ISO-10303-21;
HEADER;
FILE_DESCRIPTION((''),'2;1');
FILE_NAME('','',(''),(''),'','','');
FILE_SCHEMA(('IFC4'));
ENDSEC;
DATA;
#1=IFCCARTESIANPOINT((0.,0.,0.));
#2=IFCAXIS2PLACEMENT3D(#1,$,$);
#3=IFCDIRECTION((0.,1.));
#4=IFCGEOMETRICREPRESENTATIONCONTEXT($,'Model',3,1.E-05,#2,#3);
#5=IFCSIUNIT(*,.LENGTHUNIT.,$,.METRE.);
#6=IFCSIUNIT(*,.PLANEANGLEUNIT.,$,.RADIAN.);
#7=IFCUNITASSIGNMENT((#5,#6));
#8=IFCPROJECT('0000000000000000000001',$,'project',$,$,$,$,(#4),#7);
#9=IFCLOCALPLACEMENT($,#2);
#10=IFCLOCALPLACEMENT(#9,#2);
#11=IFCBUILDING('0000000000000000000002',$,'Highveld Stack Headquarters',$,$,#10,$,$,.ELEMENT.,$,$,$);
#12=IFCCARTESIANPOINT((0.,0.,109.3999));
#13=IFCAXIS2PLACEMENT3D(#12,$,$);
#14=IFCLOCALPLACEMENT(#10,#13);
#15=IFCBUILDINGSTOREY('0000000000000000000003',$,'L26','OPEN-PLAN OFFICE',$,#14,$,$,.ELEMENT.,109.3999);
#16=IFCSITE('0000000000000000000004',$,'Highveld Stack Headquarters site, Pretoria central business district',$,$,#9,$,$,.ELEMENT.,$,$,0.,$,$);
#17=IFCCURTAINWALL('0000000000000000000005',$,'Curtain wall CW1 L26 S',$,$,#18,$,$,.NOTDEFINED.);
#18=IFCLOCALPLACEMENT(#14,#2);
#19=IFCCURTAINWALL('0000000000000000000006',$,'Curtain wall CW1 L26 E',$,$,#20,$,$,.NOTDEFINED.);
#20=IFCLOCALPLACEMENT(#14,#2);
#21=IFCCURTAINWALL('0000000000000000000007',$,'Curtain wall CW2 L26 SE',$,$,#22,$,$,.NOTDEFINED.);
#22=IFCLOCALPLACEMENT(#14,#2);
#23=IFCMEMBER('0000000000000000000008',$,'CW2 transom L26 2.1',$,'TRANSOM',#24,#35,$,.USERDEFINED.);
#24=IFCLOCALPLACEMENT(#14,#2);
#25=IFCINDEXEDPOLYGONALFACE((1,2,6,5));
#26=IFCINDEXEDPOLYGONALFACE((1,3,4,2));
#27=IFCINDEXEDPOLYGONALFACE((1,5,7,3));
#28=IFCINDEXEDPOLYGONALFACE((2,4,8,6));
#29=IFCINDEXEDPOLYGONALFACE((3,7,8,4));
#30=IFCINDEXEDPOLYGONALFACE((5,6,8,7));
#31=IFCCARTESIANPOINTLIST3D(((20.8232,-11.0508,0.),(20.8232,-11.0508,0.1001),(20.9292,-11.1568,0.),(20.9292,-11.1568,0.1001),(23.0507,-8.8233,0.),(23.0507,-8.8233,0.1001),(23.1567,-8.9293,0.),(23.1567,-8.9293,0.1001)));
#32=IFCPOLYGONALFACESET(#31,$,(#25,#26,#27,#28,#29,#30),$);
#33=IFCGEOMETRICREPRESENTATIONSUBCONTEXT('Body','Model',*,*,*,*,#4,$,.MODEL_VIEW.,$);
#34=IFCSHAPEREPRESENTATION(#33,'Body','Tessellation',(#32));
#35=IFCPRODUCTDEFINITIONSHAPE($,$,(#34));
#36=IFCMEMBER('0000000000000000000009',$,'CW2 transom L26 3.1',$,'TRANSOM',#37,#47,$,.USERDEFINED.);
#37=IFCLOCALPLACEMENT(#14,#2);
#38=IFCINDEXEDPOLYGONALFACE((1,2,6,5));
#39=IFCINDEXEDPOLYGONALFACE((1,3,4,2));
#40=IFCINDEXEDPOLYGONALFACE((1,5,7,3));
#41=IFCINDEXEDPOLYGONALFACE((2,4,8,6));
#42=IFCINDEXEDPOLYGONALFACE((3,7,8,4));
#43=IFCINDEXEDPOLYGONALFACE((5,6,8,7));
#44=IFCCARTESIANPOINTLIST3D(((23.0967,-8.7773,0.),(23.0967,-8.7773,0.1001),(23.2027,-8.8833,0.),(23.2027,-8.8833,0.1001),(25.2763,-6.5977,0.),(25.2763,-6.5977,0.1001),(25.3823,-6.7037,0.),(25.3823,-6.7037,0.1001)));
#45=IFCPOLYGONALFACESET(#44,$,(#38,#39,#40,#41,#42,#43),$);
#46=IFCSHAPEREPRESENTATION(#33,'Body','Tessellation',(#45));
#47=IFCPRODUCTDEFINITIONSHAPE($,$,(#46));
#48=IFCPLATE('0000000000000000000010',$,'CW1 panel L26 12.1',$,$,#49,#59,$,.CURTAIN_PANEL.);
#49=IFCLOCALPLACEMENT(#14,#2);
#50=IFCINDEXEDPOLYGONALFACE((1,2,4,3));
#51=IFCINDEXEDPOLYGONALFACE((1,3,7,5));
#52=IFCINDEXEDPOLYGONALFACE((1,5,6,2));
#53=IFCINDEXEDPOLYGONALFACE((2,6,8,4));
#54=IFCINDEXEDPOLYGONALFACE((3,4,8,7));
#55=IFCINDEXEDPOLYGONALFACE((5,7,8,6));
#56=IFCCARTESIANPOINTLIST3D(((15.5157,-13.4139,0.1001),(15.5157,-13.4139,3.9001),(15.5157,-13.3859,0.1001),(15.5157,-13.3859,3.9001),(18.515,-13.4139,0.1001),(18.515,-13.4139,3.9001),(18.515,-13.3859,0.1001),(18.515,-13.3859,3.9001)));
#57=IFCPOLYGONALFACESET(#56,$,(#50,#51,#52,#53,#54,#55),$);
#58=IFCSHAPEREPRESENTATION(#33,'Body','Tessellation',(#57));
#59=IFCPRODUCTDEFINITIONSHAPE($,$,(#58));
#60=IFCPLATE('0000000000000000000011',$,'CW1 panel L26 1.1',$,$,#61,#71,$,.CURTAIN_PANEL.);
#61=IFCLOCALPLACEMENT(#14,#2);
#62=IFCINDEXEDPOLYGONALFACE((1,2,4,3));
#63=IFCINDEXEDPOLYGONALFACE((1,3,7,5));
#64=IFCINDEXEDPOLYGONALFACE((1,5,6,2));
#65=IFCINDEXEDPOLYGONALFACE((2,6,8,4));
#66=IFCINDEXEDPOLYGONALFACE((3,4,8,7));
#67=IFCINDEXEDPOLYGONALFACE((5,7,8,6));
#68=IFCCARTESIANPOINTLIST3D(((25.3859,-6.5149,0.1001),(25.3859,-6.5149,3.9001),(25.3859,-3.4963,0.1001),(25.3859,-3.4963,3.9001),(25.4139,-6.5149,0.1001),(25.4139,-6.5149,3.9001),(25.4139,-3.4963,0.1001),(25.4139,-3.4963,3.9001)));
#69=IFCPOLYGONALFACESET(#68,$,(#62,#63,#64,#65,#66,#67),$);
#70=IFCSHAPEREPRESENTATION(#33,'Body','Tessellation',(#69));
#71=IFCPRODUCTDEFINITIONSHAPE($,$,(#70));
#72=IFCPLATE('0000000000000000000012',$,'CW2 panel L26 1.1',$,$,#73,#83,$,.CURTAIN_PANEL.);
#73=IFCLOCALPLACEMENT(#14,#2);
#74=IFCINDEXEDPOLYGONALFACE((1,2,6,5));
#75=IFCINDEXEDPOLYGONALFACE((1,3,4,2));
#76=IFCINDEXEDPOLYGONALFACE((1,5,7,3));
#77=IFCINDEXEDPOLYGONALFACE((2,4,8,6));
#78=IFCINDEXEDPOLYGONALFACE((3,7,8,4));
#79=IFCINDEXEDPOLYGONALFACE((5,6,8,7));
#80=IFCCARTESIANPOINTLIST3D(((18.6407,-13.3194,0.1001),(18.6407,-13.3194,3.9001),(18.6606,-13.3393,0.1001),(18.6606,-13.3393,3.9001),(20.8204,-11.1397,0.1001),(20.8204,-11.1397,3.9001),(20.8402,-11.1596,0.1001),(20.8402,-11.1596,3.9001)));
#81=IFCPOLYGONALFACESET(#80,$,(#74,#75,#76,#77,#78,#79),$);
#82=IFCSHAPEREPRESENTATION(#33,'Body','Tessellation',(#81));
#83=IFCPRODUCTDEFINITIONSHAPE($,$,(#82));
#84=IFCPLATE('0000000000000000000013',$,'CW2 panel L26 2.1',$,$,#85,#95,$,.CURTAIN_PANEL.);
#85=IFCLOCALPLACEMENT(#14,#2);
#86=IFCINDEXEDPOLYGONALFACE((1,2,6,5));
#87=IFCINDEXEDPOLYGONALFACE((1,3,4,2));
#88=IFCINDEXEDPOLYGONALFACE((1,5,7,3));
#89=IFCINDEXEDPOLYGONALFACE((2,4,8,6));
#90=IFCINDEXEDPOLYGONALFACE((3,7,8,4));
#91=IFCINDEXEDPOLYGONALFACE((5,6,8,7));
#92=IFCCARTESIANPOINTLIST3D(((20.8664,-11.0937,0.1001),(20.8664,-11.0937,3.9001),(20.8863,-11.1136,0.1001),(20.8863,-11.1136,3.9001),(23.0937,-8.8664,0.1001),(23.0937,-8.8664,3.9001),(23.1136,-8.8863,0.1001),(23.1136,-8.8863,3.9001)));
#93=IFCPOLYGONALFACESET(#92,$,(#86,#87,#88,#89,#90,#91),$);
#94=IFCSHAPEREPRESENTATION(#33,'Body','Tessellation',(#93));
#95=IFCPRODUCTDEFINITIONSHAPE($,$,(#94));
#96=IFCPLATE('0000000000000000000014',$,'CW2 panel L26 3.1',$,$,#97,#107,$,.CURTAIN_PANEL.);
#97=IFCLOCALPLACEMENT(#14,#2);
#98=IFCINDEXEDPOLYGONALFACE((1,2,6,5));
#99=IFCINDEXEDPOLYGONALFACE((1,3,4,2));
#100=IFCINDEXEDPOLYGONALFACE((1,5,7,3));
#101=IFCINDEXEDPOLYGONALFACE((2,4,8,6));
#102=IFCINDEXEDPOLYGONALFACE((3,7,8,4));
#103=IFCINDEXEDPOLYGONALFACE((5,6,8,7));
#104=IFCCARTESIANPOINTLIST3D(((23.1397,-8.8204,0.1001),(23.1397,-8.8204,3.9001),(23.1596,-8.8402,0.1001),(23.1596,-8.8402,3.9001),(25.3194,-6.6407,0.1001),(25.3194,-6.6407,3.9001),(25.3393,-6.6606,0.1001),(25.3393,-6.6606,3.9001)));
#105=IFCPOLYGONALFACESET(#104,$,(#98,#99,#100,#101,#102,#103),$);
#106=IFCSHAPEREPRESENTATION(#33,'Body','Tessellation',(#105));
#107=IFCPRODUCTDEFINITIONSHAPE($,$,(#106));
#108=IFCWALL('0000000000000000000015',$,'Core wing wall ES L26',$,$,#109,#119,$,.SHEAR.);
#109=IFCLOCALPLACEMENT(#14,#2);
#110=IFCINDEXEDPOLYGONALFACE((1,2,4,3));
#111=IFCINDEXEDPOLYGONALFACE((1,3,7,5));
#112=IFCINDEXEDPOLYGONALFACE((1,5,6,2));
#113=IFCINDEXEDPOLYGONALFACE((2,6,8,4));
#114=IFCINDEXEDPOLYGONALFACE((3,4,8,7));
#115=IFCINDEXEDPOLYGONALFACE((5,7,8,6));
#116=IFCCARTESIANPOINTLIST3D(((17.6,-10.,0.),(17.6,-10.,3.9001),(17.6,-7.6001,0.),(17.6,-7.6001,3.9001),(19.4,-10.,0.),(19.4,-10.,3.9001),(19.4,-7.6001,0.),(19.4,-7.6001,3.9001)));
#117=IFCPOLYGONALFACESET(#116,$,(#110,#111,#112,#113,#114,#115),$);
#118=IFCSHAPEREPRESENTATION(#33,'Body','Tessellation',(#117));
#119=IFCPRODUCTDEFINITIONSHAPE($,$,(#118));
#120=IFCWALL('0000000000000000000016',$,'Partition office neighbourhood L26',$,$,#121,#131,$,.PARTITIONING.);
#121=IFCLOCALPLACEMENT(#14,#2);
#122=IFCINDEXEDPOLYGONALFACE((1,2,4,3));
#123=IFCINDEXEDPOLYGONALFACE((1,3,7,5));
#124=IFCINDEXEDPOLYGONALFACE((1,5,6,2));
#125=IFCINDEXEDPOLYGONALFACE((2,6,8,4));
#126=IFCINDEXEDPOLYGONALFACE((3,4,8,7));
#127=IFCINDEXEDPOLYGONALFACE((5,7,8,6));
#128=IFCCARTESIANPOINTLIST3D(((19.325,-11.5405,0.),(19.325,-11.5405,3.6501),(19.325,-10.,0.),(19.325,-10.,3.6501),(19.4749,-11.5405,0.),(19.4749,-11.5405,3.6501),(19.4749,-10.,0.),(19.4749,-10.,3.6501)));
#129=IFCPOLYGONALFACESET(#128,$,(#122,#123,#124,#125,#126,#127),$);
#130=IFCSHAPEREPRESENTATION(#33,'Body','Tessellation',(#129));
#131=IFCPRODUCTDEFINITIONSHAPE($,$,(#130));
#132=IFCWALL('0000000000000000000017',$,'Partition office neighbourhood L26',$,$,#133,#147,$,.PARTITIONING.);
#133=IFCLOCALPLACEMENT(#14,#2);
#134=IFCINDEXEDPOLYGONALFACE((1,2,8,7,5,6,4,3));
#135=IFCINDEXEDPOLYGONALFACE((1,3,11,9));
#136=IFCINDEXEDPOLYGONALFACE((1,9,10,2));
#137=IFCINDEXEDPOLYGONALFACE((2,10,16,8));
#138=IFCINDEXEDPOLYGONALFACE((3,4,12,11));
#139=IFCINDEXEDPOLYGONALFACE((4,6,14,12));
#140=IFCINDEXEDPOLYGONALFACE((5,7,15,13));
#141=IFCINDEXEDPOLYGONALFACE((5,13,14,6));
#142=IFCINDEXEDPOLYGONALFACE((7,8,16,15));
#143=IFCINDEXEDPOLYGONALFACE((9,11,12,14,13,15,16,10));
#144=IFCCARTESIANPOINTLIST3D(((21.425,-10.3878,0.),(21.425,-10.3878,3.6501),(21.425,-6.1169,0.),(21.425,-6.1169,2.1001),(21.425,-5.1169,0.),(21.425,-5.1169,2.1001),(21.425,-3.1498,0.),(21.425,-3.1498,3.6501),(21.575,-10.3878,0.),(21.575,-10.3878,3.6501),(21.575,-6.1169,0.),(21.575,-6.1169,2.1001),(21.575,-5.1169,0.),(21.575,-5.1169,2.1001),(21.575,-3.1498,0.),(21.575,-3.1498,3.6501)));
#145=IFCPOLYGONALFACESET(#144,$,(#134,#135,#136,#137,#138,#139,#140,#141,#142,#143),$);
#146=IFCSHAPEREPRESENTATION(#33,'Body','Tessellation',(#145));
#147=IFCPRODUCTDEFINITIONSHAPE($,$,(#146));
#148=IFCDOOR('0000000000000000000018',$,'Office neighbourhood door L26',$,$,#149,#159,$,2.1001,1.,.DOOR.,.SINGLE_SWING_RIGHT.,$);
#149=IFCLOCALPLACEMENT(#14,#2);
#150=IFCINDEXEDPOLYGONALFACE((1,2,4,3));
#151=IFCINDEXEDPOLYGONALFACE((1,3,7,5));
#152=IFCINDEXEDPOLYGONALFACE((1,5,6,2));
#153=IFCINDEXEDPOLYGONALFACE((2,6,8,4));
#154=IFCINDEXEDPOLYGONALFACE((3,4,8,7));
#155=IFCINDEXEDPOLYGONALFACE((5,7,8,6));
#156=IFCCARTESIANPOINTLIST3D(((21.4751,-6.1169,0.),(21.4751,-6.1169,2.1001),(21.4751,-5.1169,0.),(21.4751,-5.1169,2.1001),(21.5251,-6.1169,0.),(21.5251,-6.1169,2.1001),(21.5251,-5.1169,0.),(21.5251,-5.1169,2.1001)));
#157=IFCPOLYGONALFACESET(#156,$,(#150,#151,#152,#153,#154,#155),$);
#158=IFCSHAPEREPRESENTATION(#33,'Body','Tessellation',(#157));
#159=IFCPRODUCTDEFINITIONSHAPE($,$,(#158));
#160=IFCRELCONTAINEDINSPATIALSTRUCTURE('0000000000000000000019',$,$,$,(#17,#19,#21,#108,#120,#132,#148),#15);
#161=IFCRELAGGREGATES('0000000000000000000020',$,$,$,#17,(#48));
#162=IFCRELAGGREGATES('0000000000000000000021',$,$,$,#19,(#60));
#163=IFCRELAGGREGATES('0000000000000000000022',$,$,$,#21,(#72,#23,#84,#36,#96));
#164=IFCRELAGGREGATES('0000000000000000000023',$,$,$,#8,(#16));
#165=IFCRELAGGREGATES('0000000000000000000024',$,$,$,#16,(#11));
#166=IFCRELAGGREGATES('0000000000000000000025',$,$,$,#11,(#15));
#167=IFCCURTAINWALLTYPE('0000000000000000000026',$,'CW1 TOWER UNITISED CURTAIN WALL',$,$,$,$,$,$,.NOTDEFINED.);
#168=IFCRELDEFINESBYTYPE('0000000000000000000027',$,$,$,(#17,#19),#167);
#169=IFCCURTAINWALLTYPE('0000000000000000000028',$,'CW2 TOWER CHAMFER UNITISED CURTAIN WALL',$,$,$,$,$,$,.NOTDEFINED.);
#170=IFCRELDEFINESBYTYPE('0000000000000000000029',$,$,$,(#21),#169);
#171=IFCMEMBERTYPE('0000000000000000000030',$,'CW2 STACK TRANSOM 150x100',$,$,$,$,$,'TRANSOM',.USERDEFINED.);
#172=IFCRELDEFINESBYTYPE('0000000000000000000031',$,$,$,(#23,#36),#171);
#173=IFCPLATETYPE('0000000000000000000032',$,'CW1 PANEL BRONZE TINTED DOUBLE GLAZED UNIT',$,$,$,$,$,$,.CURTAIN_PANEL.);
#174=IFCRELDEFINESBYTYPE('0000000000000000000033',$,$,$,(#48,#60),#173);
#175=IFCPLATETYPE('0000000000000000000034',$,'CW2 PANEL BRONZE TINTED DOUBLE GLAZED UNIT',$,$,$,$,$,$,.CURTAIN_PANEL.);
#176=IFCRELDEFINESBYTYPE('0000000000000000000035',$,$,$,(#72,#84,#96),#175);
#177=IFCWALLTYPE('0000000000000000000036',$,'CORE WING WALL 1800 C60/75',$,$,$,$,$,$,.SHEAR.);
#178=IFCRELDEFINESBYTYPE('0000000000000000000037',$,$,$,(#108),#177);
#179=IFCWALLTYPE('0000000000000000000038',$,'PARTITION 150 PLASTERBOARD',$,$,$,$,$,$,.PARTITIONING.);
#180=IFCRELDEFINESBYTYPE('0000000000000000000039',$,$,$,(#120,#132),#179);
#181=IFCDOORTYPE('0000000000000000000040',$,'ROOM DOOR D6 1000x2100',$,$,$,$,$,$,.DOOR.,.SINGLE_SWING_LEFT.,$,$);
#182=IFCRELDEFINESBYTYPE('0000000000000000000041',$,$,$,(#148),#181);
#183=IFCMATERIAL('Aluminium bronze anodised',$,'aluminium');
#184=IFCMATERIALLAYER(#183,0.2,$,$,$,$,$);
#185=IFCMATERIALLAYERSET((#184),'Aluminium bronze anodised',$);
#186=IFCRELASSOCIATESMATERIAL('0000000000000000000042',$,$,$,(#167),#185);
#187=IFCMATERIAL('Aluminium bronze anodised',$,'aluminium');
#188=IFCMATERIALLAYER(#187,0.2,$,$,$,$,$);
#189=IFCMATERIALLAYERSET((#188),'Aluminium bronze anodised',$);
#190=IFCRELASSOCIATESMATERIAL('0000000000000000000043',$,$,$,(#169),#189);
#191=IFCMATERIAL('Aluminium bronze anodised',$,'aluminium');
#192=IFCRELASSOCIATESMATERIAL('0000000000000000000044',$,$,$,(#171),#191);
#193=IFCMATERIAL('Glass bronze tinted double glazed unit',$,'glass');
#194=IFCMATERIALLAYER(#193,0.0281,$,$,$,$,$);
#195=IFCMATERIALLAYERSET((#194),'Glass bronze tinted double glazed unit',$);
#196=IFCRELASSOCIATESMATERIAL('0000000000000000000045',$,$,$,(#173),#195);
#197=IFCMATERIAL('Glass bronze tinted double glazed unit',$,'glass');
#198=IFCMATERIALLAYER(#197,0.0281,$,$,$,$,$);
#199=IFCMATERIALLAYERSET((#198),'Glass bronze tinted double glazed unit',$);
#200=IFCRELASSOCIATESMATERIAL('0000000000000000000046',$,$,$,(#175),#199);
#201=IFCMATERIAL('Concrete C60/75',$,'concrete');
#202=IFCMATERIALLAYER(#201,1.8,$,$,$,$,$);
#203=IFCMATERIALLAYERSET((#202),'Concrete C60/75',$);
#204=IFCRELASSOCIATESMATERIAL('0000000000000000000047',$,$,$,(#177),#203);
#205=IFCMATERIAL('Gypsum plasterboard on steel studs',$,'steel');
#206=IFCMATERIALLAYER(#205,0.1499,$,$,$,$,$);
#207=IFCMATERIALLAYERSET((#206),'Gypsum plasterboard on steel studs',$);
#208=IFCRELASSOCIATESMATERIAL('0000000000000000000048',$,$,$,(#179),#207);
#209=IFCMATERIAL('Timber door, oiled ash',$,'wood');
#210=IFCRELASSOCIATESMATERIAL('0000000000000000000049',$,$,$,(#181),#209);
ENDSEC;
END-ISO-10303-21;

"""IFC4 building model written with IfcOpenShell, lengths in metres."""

from ifc_helpers import new_model, si_unit, direction, frame, frame_2d, origin, origin_2d, place, context, subcontext, project, spatial, rectangle, extrude, material, layer, layer_set, material_profile, profile_set, type_object, element, fill, aggregate, save


model = new_model("IFC4")

# Units and contexts
model_context = context("Model", 3, precision=1e-05, world=origin(), true_north=direction((0.0, 1.0)))
body_context = subcontext(model_context, "Body", "Model", "MODEL_VIEW")
ifc_project = project(units=[si_unit("LENGTHUNIT", "METRE"), si_unit("PLANEANGLEUNIT", "RADIAN")], contexts=[model_context])

# Site, building, storey
site_placement = place(None, origin())
site = spatial("IfcSite", under=ifc_project, at=site_placement, Name="Highveld Stack Headquarters site, Pretoria central business district", CompositionType="ELEMENT", RefElevation=0.0)
building_placement = place(site_placement, origin())
building = spatial("IfcBuilding", under=site, at=building_placement, Name="Highveld Stack Headquarters", CompositionType="ELEMENT")
storey_placement = place(building_placement, frame((0.0, 0.0, 109.3999)))
storey = spatial("IfcBuildingStorey", under=building, at=storey_placement, Name="L26", Description="OPEN-PLAN OFFICE", CompositionType="ELEMENT", Elevation=109.3999)

# Curtain walls
ifc_material_1 = material(Name="Aluminium bronze anodised", Category="aluminium")
ifc_layer_1 = layer(ifc_material_1, 0.2)
ifc_layer_set_1 = layer_set([ifc_layer_1], Name="Aluminium bronze anodised")
curtain_wall_type_1 = type_object("IfcCurtainWallType", Name="CW1 TOWER UNITISED CURTAIN WALL", PredefinedType="NOTDEFINED", material=ifc_layer_set_1)
curtain_wall_1_placement = place(storey_placement, origin())
curtain_wall_1 = element("IfcCurtainWall", 1, at=curtain_wall_1_placement, inside=storey, type_object=curtain_wall_type_1, Name="Curtain wall CW1 L26 S", PredefinedType="NOTDEFINED")
curtain_wall_2_placement = place(storey_placement, origin())
curtain_wall_2 = element("IfcCurtainWall", 2, at=curtain_wall_2_placement, inside=storey, type_object=curtain_wall_type_1, Name="Curtain wall CW1 L26 E", PredefinedType="NOTDEFINED")

# Curtain wall, members
ifc_material_2 = material(Name="Aluminium bronze anodised", Category="aluminium")
ifc_layer_2 = layer(ifc_material_2, 0.2)
ifc_layer_set_2 = layer_set([ifc_layer_2], Name="Aluminium bronze anodised")
curtain_wall_type_2 = type_object("IfcCurtainWallType", Name="CW2 TOWER CHAMFER UNITISED CURTAIN WALL", PredefinedType="NOTDEFINED", material=ifc_layer_set_2)
curtain_wall_3_placement = place(storey_placement, origin())
curtain_wall_3 = element("IfcCurtainWall", 3, at=curtain_wall_3_placement, inside=storey, type_object=curtain_wall_type_2, Name="Curtain wall CW2 L26 SE", PredefinedType="NOTDEFINED")
ifc_material_3 = material(Name="Aluminium bronze anodised", Category="aluminium")
ifc_material_profile_1 = material_profile(ifc_material_3, rectangle(XDim=0.1499, YDim=0.1001, at=origin_2d()), Name="CW2 TRANSOM 150x100")
ifc_profile_set_1 = profile_set([ifc_material_profile_1], Name="Aluminium bronze anodised")
member_type_1 = type_object("IfcMemberType", Name="CW2 STACK TRANSOM 150x100", ElementType="TRANSOM", PredefinedType="USERDEFINED", material=ifc_profile_set_1)
member_1_placement = place(storey_placement, frame((20.8762, -11.1038, 0.05), z_axis=(0.707107, 0.707107, 0.0), x_axis=(-0.707107, 0.707107, 0.0)))
member_1 = element("IfcMember", 4, at=member_1_placement, type_object=member_type_1, Name="CW2 transom L26 2.1", ObjectType="TRANSOM", PredefinedType="USERDEFINED", context=body_context, shape_type="SweptSolid", body=[
    extrude(rectangle(XDim=0.1499, YDim=0.1001, at=origin_2d()), origin(), (0.0, 0.0, 1.0), 3.1501),
])
member_2_placement = place(storey_placement, frame((23.1497, -8.8303, 0.05), z_axis=(0.707107, 0.707107, 0.0), x_axis=(-0.707107, 0.707107, 0.0)))
member_2 = element("IfcMember", 5, at=member_2_placement, type_object=member_type_1, Name="CW2 transom L26 3.1", ObjectType="TRANSOM", PredefinedType="USERDEFINED", context=body_context, shape_type="SweptSolid", body=[
    extrude(rectangle(XDim=0.1499, YDim=0.1001, at=origin_2d()), origin(), (0.0, 0.0, 1.0), 3.0825),
])

# Plates
ifc_material_4 = material(Name="Glass bronze tinted double glazed unit", Category="glass")
ifc_layer_3 = layer(ifc_material_4, 0.0281)
ifc_layer_set_3 = layer_set([ifc_layer_3], Name="Glass bronze tinted double glazed unit")
plate_type_1 = type_object("IfcPlateType", Name="CW1 PANEL BRONZE TINTED DOUBLE GLAZED UNIT", PredefinedType="CURTAIN_PANEL", material=ifc_layer_set_3)
plate_1_placement = place(storey_placement, frame((17.0154, -13.3999, 0.1001), z_axis=(0.0, 0.0, 1.0), x_axis=(1.0, 0.0, 0.0)))
plate_1 = element("IfcPlate", 6, at=plate_1_placement, type_object=plate_type_1, Name="CW1 panel L26 12.1", PredefinedType="CURTAIN_PANEL", context=body_context, shape_type="SweptSolid", body=[
    extrude(rectangle(XDim=2.9993, YDim=0.0281, at=origin_2d()), origin(), (0.0, 0.0, 1.0), 3.8),
])
aggregate(curtain_wall_1, [plate_1])
plate_2_placement = place(storey_placement, frame((25.3999, -5.0056, 0.1001), z_axis=(0.0, 0.0, 1.0), x_axis=(0.0, 1.0, 0.0)))
plate_2 = element("IfcPlate", 7, at=plate_2_placement, type_object=plate_type_1, Name="CW1 panel L26 1.1", PredefinedType="CURTAIN_PANEL", context=body_context, shape_type="SweptSolid", body=[
    extrude(rectangle(XDim=3.0186, YDim=0.0281, at=origin_2d()), origin(), (0.0, 0.0, 1.0), 3.8),
])
aggregate(curtain_wall_2, [plate_2])
ifc_material_5 = material(Name="Glass bronze tinted double glazed unit", Category="glass")
ifc_layer_4 = layer(ifc_material_5, 0.0281)
ifc_layer_set_4 = layer_set([ifc_layer_4], Name="Glass bronze tinted double glazed unit")
plate_type_2 = type_object("IfcPlateType", Name="CW2 PANEL BRONZE TINTED DOUBLE GLAZED UNIT", PredefinedType="CURTAIN_PANEL", material=ifc_layer_set_4)
plate_3_placement = place(storey_placement, frame((19.7405, -12.2395, 0.1001), z_axis=(0.0, 0.0, 1.0), x_axis=(0.707107, 0.707107, 0.0)))
plate_3 = element("IfcPlate", 8, at=plate_3_placement, type_object=plate_type_2, Name="CW2 panel L26 1.1", PredefinedType="CURTAIN_PANEL", context=body_context, shape_type="SweptSolid", body=[
    extrude(rectangle(XDim=3.0825, YDim=0.0281, at=origin_2d()), origin(), (0.0, 0.0, 1.0), 3.8),
])
plate_4_placement = place(storey_placement, frame((21.99, -9.99, 0.1001), z_axis=(0.0, 0.0, 1.0), x_axis=(0.707107, 0.707107, 0.0)))
plate_4 = element("IfcPlate", 9, at=plate_4_placement, type_object=plate_type_2, Name="CW2 panel L26 2.1", PredefinedType="CURTAIN_PANEL", context=body_context, shape_type="SweptSolid", body=[
    extrude(rectangle(XDim=3.1499, YDim=0.0281, at=origin_2d()), origin(), (0.0, 0.0, 1.0), 3.8),
])
plate_5_placement = place(storey_placement, frame((24.2395, -7.7405, 0.1001), z_axis=(0.0, 0.0, 1.0), x_axis=(0.707107, 0.707107, 0.0)))
plate_5 = element("IfcPlate", 10, at=plate_5_placement, type_object=plate_type_2, Name="CW2 panel L26 3.1", PredefinedType="CURTAIN_PANEL", context=body_context, shape_type="SweptSolid", body=[
    extrude(rectangle(XDim=3.0825, YDim=0.0281, at=origin_2d()), origin(), (0.0, 0.0, 1.0), 3.8),
])
aggregate(curtain_wall_3, [plate_3, member_1, plate_4, member_2, plate_5])

# Walls
ifc_material_6 = material(Name="Concrete C60/75", Category="concrete")
ifc_layer_5 = layer(ifc_material_6, 1.8)
ifc_layer_set_5 = layer_set([ifc_layer_5], Name="Concrete C60/75")
wall_type_1 = type_object("IfcWallType", Name="CORE WING WALL 1800 C60/75", PredefinedType="SHEAR", material=ifc_layer_set_5)
wall_1_placement = place(storey_placement, frame((18.5, -10.0, 0.0), z_axis=(0.0, 0.0, 1.0), x_axis=(0.0, 1.0, 0.0)))
element("IfcWall", 11, at=wall_1_placement, inside=storey, type_object=wall_type_1, Name="Core wing wall ES L26", PredefinedType="SHEAR", context=body_context, shape_type="SweptSolid", body=[
    extrude(rectangle(XDim=2.3999, YDim=1.8, at=frame_2d((1.2, 0.0))), origin(), (0.0, 0.0, 1.0), 3.9001),
])
ifc_material_7 = material(Name="Gypsum plasterboard on steel studs", Category="steel")
ifc_layer_6 = layer(ifc_material_7, 0.1499)
ifc_layer_set_6 = layer_set([ifc_layer_6], Name="Gypsum plasterboard on steel studs")
wall_type_2 = type_object("IfcWallType", Name="PARTITION 150 PLASTERBOARD", PredefinedType="PARTITIONING", material=ifc_layer_set_6)
wall_2_placement = place(storey_placement, frame((19.3999, -11.5405, 0.0), z_axis=(0.0, 0.0, 1.0), x_axis=(0.0, 1.0, 0.0)))
element("IfcWall", 12, at=wall_2_placement, inside=storey, type_object=wall_type_2, Name="Partition office neighbourhood L26", PredefinedType="PARTITIONING", context=body_context, shape_type="SweptSolid", body=[
    extrude(rectangle(XDim=1.5405, YDim=0.1499, at=frame_2d((0.7703, 0.0))), origin(), (0.0, 0.0, 1.0), 3.6501),
])

# Wall, opening, door
wall_3_placement = place(storey_placement, frame((21.5, -10.3879, 0.0), z_axis=(0.0, 0.0, 1.0), x_axis=(0.0, 1.0, 0.0)))
wall_3 = element("IfcWall", 13, at=wall_3_placement, inside=storey, type_object=wall_type_2, Name="Partition office neighbourhood L26", PredefinedType="PARTITIONING", context=body_context, shape_type="SweptSolid", body=[
    extrude(rectangle(XDim=7.238, YDim=0.1499, at=frame_2d((3.6191, 0.0))), origin(), (0.0, 0.0, 1.0), 3.6501),
])
opening_1_placement = place(wall_3_placement, frame((4.271, 0.0, 0.0)))
opening_1 = element("IfcOpeningElement", 14, at=opening_1_placement, cuts=wall_3, PredefinedType="OPENING", context=body_context, shape_type="SweptSolid", body=[
    extrude(rectangle(XDim=1.0, YDim=2.1001, at=frame_2d((0.5, 1.05))), frame((0.0, 0.085, 0.0), z_axis=(0.0, -1.0, 0.0), x_axis=(1.0, 0.0, 0.0)), (0.0, 0.0, 1.0), 0.1699),
])
ifc_material_8 = material(Name="Timber door, oiled ash", Category="wood")
door_type_1 = type_object("IfcDoorType", Name="ROOM DOOR D6 1000x2100", OperationType="SINGLE_SWING_LEFT", PredefinedType="DOOR", material=ifc_material_8)
door_1_placement = place(opening_1_placement, origin())
door_1 = element("IfcDoor", 15, at=door_1_placement, inside=storey, type_object=door_type_1, Name="Office neighbourhood door L26", OperationType="SINGLE_SWING_RIGHT", OverallHeight=2.1001, OverallWidth=1.0, PredefinedType="DOOR", context=body_context, shape_type="SweptSolid", body=[
    extrude(rectangle(XDim=1.0, YDim=2.1001, at=frame_2d((0.5, 1.05))), frame((0.0, 0.0249, 0.0), z_axis=(0.0, -1.0, 0.0), x_axis=(1.0, 0.0, 0.0)), (0.0, 0.0, 1.0), 0.05),
])
fill(opening_1, door_1)

save(model, "model.ifc")
